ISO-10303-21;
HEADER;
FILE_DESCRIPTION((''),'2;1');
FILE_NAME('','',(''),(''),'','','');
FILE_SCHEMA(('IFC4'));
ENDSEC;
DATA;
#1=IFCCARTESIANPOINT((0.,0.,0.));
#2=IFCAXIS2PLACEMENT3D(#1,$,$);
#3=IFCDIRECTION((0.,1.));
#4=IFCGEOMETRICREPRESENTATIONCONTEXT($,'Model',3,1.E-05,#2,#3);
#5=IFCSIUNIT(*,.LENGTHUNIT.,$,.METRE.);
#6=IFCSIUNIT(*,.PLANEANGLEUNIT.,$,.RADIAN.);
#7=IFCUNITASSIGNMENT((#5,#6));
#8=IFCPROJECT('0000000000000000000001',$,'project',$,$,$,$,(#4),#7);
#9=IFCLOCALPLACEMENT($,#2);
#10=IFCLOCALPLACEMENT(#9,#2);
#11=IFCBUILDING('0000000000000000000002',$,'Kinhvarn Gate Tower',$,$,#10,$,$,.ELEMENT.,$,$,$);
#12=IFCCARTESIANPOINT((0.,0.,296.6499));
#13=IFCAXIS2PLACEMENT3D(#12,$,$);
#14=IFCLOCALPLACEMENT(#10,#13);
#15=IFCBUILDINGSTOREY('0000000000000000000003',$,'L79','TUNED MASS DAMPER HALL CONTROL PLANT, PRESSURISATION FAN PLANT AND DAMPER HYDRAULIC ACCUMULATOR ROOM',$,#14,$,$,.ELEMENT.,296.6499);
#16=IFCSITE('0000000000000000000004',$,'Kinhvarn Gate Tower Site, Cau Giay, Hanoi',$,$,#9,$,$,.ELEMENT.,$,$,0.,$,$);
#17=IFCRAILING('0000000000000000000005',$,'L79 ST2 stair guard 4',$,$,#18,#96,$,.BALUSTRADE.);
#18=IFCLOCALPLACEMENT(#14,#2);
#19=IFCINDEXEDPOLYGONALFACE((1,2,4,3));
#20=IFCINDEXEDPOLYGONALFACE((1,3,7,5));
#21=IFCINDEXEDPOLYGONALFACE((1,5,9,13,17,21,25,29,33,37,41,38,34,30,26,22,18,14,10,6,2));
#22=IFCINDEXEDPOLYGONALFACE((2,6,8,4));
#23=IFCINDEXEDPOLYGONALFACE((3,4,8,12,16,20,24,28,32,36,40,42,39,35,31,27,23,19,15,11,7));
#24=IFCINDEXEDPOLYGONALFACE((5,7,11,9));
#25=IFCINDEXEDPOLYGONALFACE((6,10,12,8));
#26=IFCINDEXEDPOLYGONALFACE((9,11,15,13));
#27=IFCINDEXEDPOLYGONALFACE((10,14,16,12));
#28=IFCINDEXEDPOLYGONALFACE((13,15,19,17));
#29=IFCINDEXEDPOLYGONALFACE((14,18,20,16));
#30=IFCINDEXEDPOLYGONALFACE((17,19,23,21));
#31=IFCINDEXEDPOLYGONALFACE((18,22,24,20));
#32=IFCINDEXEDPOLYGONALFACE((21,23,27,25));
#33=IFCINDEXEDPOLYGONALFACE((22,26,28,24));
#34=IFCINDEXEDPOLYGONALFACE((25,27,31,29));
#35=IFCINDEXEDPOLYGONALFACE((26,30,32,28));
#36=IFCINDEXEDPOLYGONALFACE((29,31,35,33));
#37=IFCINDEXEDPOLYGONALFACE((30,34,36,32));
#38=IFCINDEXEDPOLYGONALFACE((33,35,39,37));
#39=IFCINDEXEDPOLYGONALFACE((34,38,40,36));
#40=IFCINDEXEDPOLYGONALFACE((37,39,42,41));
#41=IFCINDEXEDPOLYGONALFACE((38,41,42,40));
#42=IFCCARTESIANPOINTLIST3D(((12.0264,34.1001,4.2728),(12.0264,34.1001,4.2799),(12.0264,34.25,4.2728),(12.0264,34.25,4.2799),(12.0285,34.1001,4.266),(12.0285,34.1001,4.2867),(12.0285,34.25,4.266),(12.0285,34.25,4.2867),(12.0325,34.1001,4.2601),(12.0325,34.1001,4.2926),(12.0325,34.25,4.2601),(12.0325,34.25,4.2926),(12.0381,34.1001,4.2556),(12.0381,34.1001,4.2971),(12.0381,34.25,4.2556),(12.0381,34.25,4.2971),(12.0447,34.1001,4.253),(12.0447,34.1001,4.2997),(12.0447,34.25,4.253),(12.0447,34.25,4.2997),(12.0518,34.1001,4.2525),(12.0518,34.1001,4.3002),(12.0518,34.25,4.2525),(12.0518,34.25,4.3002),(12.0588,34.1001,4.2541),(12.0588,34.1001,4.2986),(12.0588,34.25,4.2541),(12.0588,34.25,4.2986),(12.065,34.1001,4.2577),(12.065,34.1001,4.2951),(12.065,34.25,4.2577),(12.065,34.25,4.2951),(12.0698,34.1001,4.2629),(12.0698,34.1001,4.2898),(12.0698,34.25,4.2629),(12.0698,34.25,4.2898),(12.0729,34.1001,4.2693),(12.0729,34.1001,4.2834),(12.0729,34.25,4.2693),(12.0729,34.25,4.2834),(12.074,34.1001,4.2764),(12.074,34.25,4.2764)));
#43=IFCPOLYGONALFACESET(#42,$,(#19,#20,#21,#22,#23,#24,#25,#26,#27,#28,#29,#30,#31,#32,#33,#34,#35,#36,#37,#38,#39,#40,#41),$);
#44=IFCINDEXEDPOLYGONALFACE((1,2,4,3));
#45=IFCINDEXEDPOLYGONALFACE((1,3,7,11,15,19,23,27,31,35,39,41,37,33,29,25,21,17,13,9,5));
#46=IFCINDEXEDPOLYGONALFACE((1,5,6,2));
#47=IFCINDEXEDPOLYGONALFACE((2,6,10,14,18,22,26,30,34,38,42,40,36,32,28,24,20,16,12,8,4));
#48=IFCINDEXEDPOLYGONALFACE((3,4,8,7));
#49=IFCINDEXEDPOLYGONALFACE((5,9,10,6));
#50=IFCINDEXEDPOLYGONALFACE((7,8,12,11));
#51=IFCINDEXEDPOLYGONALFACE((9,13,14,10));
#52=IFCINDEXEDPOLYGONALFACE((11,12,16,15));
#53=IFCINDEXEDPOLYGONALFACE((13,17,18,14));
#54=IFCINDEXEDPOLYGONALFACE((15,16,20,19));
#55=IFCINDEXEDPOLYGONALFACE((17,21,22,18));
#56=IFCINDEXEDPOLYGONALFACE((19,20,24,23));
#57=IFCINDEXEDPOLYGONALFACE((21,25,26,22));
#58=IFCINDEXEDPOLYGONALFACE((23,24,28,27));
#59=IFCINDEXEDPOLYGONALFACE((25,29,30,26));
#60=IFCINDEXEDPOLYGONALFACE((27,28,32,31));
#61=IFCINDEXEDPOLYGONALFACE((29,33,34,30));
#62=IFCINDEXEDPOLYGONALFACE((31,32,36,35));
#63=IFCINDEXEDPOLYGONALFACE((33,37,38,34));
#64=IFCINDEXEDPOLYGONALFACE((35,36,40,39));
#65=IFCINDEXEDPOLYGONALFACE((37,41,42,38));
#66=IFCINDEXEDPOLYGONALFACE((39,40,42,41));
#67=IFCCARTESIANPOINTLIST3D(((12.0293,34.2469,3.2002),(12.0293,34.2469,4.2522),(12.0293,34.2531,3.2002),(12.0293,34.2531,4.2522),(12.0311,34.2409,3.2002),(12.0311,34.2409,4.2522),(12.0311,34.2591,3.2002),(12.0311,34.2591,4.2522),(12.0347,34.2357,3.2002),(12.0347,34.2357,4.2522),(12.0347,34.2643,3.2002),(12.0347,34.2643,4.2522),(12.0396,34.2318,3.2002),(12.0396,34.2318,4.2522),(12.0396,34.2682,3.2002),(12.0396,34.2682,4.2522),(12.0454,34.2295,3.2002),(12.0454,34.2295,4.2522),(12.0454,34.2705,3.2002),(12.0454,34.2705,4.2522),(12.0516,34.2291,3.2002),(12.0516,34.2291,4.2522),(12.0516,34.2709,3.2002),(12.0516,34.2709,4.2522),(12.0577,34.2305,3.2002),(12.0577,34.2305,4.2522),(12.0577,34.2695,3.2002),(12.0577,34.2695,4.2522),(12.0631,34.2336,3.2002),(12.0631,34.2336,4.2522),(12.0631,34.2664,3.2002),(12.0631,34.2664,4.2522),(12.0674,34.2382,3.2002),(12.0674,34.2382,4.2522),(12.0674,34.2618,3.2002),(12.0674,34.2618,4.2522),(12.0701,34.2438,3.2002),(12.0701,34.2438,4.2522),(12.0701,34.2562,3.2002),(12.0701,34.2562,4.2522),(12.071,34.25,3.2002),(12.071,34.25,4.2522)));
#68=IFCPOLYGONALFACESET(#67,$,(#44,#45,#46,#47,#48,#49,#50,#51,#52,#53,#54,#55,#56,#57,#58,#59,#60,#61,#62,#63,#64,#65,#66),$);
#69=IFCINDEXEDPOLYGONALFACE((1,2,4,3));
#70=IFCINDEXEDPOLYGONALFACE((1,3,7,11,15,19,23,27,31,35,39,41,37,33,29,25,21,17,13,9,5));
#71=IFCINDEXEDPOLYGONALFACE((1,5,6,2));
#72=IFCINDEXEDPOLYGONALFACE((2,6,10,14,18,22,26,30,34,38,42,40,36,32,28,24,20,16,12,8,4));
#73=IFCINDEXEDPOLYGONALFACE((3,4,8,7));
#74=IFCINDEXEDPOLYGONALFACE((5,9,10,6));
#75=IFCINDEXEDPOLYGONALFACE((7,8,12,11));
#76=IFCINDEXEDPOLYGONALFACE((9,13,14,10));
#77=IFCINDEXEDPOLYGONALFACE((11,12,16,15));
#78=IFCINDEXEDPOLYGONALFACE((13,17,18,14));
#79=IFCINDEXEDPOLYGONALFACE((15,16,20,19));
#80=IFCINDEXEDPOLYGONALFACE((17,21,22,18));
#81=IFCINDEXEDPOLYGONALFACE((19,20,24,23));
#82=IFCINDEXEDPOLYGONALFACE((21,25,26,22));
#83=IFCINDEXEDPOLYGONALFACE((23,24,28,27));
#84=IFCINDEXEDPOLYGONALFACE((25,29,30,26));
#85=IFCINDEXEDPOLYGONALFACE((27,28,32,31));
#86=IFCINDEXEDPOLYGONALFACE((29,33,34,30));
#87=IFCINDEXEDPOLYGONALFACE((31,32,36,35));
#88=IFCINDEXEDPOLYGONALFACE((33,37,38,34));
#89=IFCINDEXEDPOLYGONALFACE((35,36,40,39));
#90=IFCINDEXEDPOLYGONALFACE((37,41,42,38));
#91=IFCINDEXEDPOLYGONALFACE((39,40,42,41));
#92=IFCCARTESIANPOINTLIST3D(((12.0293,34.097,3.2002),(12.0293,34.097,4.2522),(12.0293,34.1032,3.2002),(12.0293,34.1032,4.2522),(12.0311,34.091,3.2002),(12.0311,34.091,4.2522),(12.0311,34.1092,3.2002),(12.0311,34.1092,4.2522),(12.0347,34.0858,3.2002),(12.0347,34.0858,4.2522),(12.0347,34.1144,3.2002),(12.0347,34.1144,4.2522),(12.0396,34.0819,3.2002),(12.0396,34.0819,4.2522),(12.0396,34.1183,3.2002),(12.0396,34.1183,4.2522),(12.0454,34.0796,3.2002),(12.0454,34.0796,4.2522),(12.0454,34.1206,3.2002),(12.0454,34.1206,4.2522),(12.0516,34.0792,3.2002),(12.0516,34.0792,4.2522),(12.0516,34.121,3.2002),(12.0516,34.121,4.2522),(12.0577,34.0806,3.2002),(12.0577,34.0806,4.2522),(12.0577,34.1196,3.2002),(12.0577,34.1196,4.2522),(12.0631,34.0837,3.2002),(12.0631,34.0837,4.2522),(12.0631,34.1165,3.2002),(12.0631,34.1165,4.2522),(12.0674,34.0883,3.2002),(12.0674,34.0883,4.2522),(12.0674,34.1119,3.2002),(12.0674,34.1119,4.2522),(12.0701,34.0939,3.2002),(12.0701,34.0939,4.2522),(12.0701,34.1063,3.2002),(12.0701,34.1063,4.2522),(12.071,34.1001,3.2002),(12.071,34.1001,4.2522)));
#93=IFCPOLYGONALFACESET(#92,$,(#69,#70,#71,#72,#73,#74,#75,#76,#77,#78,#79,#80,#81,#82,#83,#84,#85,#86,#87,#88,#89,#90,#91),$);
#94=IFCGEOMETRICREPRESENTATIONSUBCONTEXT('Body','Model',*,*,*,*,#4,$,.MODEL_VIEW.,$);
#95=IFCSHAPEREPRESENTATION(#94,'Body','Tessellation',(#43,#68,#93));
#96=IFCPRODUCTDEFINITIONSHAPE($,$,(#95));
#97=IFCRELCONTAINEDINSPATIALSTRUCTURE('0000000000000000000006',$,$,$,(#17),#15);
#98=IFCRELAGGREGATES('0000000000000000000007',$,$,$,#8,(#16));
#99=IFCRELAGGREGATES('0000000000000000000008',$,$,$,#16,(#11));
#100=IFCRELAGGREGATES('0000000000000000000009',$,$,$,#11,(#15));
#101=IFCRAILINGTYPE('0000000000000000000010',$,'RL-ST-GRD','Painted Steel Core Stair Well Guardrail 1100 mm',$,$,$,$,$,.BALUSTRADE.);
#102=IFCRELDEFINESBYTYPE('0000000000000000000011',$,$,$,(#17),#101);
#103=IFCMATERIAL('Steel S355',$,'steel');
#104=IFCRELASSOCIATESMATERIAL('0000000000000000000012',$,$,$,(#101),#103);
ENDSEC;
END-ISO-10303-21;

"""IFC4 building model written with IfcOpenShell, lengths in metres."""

from ifc_helpers import new_model, si_unit, direction, frame, origin, origin_2d, place, context, subcontext, project, spatial, circle, extrude, material, type_object, element, save


model = new_model("IFC4")

# Units and contexts
model_context = context("Model", 3, precision=1e-05, world=origin(), true_north=direction((0.0, 1.0)))
body_context = subcontext(model_context, "Body", "Model", "MODEL_VIEW")
ifc_project = project(units=[si_unit("LENGTHUNIT", "METRE"), si_unit("PLANEANGLEUNIT", "RADIAN")], contexts=[model_context])

# Site, building, storey
site_placement = place(None, origin())
site = spatial("IfcSite", under=ifc_project, at=site_placement, Name="Kinhvarn Gate Tower Site, Cau Giay, Hanoi", CompositionType="ELEMENT", RefElevation=0.0)
building_placement = place(site_placement, origin())
building = spatial("IfcBuilding", under=site, at=building_placement, Name="Kinhvarn Gate Tower", CompositionType="ELEMENT")
storey_placement = place(building_placement, frame((0.0, 0.0, 296.6499)))
storey = spatial("IfcBuildingStorey", under=building, at=storey_placement, Name="L79", Description="TUNED MASS DAMPER HALL CONTROL PLANT, PRESSURISATION FAN PLANT AND DAMPER HYDRAULIC ACCUMULATOR ROOM", CompositionType="ELEMENT", Elevation=296.6499)

# Shared definitions
ifc_material_1 = material(Name="Steel S355", Category="steel")

# Railing
railing_type_1 = type_object("IfcRailingType", Name="RL-ST-GRD", Description="Painted Steel Core Stair Well Guardrail 1100 mm", PredefinedType="BALUSTRADE", material=ifc_material_1)
railing_1_placement = place(storey_placement, frame((12.05, 34.25, 3.2002)))
element("IfcRailing", 1, at=railing_1_placement, inside=storey, type_object=railing_type_1, Name="L79 ST2 stair guard 4", PredefinedType="BALUSTRADE", context=body_context, shape_type="SweptSolid", body=[
    extrude(circle(Radius=0.0239, at=origin_2d()), frame((0.0, 0.0, 1.0762), z_axis=(0.0, -1.0, 0.0), x_axis=(1.0, 0.0, 0.0)), (0.0, 0.0, 1.0), 0.1499),
    extrude(circle(Radius=0.021, at=origin_2d()), origin(), (0.0, 0.0, 1.0), 1.052),
    extrude(circle(Radius=0.021, at=origin_2d()), frame((0.0, -0.1499, 0.0)), (0.0, 0.0, 1.0), 1.052),
])

save(model, "model.ifc")
